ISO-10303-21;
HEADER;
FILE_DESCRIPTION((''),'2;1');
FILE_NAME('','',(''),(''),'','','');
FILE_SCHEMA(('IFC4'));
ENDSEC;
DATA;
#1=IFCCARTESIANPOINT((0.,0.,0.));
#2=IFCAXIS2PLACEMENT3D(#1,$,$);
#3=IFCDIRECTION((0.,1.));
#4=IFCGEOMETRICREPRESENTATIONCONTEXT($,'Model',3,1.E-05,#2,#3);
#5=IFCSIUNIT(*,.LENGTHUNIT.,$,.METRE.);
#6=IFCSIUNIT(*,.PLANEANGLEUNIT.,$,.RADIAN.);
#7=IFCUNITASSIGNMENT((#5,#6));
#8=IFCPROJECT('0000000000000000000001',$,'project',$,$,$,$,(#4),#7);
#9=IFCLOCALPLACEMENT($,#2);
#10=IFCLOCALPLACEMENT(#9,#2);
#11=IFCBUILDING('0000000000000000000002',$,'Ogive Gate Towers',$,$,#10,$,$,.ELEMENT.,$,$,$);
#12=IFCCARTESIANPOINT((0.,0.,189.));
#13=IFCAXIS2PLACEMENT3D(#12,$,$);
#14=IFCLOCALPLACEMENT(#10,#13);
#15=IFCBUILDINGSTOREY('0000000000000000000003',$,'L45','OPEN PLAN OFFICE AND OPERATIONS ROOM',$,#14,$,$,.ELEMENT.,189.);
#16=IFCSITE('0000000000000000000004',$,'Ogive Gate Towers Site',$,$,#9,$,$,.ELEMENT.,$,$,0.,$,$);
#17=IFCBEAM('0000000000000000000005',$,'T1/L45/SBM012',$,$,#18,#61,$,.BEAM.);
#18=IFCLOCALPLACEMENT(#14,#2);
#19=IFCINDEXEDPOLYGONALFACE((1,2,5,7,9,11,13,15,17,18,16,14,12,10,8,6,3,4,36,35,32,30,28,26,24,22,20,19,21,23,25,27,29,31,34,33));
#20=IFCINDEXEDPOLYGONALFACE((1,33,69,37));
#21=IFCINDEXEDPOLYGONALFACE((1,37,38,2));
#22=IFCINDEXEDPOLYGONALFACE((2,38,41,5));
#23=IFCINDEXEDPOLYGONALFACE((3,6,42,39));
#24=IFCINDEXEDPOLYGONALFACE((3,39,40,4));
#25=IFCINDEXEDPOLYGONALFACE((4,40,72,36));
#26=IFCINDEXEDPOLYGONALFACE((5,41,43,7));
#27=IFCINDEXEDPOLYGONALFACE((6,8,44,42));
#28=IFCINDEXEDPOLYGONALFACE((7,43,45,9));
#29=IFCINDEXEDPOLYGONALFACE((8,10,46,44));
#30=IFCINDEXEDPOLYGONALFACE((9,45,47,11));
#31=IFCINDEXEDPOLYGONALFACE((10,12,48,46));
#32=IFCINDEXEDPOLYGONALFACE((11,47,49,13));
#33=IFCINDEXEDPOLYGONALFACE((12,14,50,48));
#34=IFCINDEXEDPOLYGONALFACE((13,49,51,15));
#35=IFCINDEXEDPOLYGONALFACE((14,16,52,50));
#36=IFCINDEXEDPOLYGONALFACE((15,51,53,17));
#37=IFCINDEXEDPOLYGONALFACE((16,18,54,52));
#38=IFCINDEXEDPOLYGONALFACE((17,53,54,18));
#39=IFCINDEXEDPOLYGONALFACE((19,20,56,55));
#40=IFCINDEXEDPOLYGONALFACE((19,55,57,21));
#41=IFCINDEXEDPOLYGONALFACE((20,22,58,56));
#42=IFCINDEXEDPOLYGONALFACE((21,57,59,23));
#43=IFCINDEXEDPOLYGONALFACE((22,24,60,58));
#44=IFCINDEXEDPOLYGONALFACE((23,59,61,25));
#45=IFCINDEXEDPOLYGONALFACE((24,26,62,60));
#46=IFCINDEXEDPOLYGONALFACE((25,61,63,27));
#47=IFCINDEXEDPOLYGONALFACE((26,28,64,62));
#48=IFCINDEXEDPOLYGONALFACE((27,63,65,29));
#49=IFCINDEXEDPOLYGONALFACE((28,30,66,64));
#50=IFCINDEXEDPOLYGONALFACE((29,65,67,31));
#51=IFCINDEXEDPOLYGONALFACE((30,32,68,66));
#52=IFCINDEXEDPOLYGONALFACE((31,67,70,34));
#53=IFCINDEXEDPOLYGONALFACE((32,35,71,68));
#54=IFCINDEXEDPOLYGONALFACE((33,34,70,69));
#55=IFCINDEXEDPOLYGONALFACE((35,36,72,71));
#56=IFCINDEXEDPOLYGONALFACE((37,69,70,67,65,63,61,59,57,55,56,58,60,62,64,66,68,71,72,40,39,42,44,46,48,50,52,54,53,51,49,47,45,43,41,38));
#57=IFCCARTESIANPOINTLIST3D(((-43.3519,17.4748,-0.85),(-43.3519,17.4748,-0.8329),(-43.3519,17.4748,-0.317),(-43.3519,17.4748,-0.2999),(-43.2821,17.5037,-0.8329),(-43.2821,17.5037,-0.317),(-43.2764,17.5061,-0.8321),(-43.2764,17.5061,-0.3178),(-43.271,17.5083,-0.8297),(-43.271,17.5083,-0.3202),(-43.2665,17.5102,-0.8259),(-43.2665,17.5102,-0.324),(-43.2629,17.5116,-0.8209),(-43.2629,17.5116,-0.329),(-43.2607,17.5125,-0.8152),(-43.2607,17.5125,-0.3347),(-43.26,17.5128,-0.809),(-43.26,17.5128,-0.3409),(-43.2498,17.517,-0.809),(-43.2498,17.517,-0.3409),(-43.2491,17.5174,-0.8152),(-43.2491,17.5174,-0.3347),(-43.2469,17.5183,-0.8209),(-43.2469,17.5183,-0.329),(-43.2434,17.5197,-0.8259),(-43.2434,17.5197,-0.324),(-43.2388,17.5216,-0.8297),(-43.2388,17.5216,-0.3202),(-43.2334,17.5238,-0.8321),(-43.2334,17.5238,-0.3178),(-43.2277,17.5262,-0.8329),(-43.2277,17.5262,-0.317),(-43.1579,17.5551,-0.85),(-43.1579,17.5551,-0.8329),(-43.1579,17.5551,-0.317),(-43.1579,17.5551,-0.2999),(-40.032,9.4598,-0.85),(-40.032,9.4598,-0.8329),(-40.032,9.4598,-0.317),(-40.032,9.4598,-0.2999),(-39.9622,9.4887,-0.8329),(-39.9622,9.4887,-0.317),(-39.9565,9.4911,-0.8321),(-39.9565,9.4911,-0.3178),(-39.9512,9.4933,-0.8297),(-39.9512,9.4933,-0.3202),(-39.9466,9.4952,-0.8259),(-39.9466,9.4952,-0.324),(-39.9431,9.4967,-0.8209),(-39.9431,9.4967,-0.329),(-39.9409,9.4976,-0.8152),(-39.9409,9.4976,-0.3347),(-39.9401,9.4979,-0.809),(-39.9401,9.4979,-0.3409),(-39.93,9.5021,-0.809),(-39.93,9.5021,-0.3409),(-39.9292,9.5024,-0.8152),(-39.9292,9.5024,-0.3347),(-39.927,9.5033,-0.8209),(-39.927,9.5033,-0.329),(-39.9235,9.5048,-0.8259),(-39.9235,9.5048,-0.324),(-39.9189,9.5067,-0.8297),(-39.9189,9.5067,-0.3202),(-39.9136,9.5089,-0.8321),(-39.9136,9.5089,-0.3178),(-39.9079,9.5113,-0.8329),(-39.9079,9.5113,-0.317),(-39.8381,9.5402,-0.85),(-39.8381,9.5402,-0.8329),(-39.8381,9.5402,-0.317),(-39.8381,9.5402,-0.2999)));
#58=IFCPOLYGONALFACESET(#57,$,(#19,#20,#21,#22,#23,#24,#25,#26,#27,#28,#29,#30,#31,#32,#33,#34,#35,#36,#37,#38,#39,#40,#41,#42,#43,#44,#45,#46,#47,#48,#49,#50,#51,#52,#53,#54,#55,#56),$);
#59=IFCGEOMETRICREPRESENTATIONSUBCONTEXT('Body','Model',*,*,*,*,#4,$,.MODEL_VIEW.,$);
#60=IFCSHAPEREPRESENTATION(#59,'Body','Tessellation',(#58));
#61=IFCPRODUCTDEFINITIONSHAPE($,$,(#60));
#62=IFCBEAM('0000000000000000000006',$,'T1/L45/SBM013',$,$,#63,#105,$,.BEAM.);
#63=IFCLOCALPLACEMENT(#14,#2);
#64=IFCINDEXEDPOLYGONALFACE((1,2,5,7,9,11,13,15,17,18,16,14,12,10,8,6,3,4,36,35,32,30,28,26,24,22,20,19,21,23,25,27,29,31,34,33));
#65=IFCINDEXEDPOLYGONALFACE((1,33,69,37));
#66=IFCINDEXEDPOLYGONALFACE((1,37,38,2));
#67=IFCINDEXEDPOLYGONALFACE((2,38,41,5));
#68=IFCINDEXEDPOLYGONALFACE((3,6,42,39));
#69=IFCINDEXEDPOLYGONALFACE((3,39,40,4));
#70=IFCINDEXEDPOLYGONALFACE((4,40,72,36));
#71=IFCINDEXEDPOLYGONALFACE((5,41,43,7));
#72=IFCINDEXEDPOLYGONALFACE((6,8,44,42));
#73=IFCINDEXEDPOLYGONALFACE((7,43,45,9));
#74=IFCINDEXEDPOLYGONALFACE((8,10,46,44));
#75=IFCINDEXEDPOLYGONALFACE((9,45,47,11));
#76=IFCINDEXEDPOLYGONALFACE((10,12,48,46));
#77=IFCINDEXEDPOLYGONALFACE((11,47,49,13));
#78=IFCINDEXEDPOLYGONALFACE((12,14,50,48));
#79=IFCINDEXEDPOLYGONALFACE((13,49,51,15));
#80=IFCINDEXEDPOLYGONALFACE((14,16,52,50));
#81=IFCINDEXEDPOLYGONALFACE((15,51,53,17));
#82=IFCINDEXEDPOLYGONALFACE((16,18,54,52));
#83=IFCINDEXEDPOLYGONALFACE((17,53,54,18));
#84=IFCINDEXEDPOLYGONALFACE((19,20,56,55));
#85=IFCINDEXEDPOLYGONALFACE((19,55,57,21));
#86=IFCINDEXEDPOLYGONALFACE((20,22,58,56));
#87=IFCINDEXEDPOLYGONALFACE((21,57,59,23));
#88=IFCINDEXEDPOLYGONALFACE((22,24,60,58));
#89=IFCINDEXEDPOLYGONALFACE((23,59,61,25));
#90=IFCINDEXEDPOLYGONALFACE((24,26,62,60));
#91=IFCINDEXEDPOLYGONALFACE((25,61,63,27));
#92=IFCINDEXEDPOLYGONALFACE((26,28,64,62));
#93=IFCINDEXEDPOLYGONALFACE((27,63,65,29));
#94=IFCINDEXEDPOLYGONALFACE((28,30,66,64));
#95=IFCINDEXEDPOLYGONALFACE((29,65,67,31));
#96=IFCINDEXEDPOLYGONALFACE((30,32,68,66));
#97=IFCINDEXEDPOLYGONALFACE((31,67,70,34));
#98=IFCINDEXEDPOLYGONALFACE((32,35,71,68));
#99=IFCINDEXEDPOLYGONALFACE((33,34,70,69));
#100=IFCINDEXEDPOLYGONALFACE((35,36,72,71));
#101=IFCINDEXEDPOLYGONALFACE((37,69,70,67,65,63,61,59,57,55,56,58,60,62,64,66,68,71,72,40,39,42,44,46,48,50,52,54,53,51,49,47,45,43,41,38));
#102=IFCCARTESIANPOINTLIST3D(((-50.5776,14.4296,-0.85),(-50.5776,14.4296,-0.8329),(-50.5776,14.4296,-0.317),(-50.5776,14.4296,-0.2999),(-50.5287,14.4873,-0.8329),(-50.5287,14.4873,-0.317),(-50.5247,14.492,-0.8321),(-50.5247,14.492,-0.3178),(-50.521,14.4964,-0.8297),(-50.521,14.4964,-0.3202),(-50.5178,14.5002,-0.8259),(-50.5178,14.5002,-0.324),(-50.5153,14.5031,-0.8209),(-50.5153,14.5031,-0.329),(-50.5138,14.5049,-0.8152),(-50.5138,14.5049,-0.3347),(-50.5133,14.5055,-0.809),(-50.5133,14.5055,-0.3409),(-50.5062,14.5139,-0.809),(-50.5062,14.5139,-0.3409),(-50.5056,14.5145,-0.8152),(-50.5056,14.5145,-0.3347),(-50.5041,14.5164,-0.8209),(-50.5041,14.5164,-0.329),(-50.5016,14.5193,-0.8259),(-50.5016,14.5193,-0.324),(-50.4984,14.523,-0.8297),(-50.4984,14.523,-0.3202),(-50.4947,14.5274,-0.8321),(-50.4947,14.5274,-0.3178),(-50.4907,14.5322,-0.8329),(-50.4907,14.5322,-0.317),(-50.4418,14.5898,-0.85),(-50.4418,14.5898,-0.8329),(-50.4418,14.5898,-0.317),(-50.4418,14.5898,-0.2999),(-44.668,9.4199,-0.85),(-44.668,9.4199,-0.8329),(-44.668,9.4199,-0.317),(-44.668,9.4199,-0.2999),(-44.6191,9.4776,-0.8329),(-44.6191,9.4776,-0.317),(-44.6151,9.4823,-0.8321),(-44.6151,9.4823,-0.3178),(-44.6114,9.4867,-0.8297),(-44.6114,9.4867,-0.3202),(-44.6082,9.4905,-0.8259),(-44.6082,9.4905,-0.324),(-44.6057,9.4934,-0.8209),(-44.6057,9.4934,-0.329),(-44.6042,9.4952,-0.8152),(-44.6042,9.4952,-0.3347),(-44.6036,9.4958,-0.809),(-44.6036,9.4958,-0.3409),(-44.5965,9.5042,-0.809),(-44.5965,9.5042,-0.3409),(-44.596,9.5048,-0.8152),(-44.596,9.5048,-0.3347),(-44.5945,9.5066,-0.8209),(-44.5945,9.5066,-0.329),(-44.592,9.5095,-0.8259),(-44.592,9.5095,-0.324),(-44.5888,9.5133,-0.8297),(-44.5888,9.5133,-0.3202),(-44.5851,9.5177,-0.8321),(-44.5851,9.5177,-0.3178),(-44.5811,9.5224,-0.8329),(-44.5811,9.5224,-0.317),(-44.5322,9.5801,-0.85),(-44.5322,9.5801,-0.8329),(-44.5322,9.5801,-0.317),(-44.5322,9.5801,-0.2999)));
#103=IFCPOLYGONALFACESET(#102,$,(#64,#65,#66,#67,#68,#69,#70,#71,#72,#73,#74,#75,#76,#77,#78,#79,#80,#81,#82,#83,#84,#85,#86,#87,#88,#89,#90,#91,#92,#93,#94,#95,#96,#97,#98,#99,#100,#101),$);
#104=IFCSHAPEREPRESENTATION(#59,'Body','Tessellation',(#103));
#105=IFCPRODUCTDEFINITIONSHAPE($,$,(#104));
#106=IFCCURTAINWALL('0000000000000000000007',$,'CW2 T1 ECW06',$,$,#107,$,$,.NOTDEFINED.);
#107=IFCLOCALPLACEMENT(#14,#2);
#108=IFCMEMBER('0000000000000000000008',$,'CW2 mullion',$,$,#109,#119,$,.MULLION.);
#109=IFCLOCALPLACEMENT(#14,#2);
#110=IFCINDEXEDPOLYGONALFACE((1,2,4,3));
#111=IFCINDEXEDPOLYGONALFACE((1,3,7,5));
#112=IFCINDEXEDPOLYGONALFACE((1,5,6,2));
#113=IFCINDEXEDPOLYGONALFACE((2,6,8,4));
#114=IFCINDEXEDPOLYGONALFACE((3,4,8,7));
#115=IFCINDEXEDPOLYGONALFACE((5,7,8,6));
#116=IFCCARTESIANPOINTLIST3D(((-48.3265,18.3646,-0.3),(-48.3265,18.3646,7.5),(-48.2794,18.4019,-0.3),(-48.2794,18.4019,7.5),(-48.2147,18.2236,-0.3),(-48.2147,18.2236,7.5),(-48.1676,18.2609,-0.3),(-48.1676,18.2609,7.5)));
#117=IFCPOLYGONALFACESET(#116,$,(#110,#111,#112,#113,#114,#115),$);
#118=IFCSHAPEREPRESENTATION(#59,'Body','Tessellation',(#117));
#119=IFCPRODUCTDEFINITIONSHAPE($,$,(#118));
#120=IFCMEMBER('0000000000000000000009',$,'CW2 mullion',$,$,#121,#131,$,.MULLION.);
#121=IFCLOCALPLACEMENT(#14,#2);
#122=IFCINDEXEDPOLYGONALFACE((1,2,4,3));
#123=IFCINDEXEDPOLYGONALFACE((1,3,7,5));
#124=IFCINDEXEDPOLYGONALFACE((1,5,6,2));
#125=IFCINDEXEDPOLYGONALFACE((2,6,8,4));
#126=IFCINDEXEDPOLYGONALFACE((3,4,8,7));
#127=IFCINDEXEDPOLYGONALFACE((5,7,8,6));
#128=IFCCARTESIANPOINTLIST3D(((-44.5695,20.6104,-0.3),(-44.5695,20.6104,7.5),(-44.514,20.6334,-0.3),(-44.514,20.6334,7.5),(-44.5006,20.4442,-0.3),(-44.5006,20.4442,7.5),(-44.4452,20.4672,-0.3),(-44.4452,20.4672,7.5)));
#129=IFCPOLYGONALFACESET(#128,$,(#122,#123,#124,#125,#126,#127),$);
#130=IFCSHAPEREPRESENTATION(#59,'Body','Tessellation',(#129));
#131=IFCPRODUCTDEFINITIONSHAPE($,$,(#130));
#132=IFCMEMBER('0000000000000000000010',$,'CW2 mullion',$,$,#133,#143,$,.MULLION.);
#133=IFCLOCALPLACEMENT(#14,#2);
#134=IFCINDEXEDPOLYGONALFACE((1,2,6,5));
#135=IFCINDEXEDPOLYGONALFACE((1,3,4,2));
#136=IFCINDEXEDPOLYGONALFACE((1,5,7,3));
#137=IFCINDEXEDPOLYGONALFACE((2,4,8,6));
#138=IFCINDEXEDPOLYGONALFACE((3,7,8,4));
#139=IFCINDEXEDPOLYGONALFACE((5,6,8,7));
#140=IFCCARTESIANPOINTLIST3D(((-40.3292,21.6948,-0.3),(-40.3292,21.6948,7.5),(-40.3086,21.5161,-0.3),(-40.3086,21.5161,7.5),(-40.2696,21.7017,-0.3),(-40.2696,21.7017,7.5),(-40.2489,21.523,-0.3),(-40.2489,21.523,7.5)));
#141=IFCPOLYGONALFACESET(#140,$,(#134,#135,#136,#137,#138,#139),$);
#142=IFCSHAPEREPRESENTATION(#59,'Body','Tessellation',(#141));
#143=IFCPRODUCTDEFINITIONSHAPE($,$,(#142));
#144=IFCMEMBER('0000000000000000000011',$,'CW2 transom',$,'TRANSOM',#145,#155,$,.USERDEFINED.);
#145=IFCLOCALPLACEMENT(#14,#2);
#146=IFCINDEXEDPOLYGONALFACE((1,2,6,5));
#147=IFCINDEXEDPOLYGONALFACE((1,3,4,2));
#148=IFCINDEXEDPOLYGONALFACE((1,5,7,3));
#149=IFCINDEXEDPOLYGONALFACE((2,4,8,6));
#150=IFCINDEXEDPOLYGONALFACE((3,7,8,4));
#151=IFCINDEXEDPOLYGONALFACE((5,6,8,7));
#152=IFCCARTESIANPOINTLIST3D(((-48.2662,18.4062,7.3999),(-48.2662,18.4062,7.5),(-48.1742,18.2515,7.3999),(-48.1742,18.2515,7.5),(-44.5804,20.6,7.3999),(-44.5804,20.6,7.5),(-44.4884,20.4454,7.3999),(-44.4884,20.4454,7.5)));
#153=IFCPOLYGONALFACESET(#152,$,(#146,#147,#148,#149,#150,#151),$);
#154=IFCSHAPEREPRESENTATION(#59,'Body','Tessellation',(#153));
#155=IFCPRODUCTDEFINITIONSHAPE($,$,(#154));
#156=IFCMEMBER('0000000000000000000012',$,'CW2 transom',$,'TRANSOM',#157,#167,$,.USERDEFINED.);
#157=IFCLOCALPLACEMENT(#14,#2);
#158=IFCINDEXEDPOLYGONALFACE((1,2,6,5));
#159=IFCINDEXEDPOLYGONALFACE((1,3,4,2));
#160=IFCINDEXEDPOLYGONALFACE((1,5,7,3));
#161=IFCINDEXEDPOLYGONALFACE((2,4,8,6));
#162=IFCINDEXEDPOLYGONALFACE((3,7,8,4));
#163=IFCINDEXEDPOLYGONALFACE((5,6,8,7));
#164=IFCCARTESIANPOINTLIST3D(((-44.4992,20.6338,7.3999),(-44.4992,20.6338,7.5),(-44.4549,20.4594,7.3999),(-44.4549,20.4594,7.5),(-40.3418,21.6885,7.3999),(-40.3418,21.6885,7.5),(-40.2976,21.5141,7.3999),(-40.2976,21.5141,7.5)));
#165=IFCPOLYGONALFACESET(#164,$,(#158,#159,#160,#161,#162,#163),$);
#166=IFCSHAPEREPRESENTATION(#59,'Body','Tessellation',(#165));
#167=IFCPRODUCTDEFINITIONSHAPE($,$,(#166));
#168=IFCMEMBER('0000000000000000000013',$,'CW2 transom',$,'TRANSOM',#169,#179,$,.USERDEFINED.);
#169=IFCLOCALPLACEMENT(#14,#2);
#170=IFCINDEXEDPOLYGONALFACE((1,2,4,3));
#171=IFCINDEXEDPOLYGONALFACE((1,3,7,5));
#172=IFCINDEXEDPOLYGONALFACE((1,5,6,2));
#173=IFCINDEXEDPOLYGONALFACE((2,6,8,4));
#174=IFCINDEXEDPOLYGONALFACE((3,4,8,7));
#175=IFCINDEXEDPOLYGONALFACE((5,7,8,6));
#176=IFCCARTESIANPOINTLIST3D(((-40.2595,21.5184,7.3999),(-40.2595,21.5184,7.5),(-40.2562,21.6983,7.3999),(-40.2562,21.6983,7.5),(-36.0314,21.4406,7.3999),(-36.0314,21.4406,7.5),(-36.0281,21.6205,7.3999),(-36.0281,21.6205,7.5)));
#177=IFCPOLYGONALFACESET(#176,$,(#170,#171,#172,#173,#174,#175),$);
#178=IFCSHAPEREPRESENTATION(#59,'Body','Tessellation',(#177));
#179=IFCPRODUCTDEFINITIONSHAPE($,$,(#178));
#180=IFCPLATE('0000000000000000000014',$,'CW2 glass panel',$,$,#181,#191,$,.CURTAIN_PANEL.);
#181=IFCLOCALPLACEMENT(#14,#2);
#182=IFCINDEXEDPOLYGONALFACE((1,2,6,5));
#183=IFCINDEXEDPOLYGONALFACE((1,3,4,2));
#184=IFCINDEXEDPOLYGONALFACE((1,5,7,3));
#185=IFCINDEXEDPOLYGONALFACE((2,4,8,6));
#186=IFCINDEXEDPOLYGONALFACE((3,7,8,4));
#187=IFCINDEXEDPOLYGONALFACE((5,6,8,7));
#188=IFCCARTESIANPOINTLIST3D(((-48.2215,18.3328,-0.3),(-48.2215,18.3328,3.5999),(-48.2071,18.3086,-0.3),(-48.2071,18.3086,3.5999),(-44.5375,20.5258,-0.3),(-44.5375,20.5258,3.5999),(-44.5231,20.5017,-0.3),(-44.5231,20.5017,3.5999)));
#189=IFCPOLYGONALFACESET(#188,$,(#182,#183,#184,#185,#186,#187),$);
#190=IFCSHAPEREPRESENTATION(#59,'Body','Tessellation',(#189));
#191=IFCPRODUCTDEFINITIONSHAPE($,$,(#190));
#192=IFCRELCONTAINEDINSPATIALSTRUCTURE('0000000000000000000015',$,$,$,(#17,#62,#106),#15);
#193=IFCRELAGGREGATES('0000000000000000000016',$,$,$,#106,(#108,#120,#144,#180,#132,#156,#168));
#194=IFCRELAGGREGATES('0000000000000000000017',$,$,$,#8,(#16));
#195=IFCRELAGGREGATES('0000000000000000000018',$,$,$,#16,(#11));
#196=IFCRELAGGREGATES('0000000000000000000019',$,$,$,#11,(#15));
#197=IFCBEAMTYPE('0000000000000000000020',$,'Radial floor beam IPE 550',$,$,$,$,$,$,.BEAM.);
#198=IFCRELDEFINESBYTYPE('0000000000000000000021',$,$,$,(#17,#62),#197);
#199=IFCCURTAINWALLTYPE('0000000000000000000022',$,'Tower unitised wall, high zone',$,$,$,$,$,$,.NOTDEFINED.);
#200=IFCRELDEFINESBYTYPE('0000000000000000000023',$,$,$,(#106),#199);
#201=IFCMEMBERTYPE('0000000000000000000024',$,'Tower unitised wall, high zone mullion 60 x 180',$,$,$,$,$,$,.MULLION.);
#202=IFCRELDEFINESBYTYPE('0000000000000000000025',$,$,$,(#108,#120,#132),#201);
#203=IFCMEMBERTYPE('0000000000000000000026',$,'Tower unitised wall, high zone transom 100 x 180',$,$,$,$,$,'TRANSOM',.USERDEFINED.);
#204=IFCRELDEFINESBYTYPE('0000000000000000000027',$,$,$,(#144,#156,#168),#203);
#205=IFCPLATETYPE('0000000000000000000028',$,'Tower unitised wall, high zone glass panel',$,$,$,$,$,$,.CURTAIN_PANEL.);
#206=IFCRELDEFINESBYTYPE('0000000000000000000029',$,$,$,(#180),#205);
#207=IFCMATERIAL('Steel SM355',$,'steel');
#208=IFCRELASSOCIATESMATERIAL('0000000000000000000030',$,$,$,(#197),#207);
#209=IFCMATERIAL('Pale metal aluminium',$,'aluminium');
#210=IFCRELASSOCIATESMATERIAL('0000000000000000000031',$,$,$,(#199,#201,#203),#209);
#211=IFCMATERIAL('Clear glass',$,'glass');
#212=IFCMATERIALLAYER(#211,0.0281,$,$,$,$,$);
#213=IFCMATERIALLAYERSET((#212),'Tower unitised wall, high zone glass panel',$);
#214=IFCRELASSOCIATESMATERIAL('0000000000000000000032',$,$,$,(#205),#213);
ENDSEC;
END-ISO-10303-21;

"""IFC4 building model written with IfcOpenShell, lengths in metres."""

from ifc_helpers import new_model, si_unit, direction, frame, origin, origin_2d, place, context, subcontext, project, spatial, rectangle, i_section, extrude, material, layer, layer_set, material_profile, profile_set, type_object, element, aggregate, save


model = new_model("IFC4")

# Units and contexts
model_context = context("Model", 3, precision=1e-05, world=origin(), true_north=direction((0.0, 1.0)))
body_context = subcontext(model_context, "Body", "Model", "MODEL_VIEW")
ifc_project = project(units=[si_unit("LENGTHUNIT", "METRE"), si_unit("PLANEANGLEUNIT", "RADIAN")], contexts=[model_context])

# Site, building, storey
site_placement = place(None, origin())
site = spatial("IfcSite", under=ifc_project, at=site_placement, Name="Ogive Gate Towers Site", CompositionType="ELEMENT", RefElevation=0.0)
building_placement = place(site_placement, origin())
building = spatial("IfcBuilding", under=site, at=building_placement, Name="Ogive Gate Towers", CompositionType="ELEMENT")
storey_placement = place(building_placement, frame((0.0, 0.0, 189.0)))
storey = spatial("IfcBuildingStorey", under=building, at=storey_placement, Name="L45", Description="OPEN PLAN OFFICE AND OPERATIONS ROOM", CompositionType="ELEMENT", Elevation=189.0)

# Beams
ifc_material_1 = material(Name="Steel SM355", Category="steel")
ifc_material_profile_1 = material_profile(ifc_material_1, i_section(OverallWidth=0.21, OverallDepth=0.55, WebThickness=0.011, FlangeThickness=0.0171, FilletRadius=0.0239, at=origin_2d()), Name="IPE 550")
ifc_profile_set_1 = profile_set([ifc_material_profile_1], Name="Steel SM355")
beam_type = type_object("IfcBeamType", Name="Radial floor beam IPE 550", PredefinedType="BEAM", material=ifc_profile_set_1)
beam_1_placement = place(storey_placement, frame((-39.9351, 9.5, -0.575), z_axis=(-0.382678, 0.923882, 0.0), x_axis=(-0.923882, -0.382678, 0.0)))
element("IfcBeam", 1, at=beam_1_placement, inside=storey, type_object=beam_type, Name="T1/L45/SBM012", PredefinedType="BEAM", context=body_context, shape_type="SweptSolid", body=[
    extrude(i_section(OverallWidth=0.21, OverallDepth=0.55, WebThickness=0.011, FlangeThickness=0.0171, FilletRadius=0.0239, at=origin_2d()), origin(), (0.0, 0.0, 1.0), 8.6753),
])
beam_2_placement = place(storey_placement, frame((-44.6001, 9.5, -0.575), z_axis=(-0.762795, 0.64664, 0.0), x_axis=(-0.64664, -0.762795, 0.0)))
element("IfcBeam", 2, at=beam_2_placement, inside=storey, type_object=beam_type, Name="T1/L45/SBM013", PredefinedType="BEAM", context=body_context, shape_type="SweptSolid", body=[
    extrude(i_section(OverallWidth=0.21, OverallDepth=0.55, WebThickness=0.011, FlangeThickness=0.0171, FilletRadius=0.0239, at=origin_2d()), origin(), (0.0, 0.0, 1.0), 7.7473),
])

# Curtain wall, members, plate
ifc_material_2 = material(Name="Pale metal aluminium", Category="aluminium")
curtain_wall_type = type_object("IfcCurtainWallType", Name="Tower unitised wall, high zone", PredefinedType="NOTDEFINED", material=ifc_material_2)
curtain_wall_placement = place(storey_placement, origin())
curtain_wall = element("IfcCurtainWall", 3, at=curtain_wall_placement, inside=storey, type_object=curtain_wall_type, Name="CW2 T1 ECW06", PredefinedType="NOTDEFINED")
ifc_material_profile_2 = material_profile(ifc_material_2, rectangle(XDim=0.1799, YDim=0.0601, at=origin_2d()), Name="60 x 180 aluminium box")
ifc_profile_set_2 = profile_set([ifc_material_profile_2], Name="Pale metal aluminium")
member_type_1 = type_object("IfcMemberType", Name="Tower unitised wall, high zone mullion 60 x 180", PredefinedType="MULLION", material=ifc_profile_set_2)
member_1_placement = place(storey_placement, frame((-48.2471, 18.3127, -0.3), z_axis=(0.0, 0.0, 1.0), x_axis=(0.621298, -0.783574, 0.0)))
member_1 = element("IfcMember", 4, at=member_1_placement, type_object=member_type_1, Name="CW2 mullion", PredefinedType="MULLION", context=body_context, shape_type="SweptSolid", body=[
    extrude(rectangle(XDim=0.1799, YDim=0.0601, at=origin_2d()), origin(), (0.0, 0.0, 1.0), 7.8),
])
member_2_placement = place(storey_placement, frame((-44.5073, 20.5388, -0.3), z_axis=(0.0, 0.0, 1.0), x_axis=(0.382683, -0.92388, 0.0)))
member_2 = element("IfcMember", 5, at=member_2_placement, type_object=member_type_1, Name="CW2 mullion", PredefinedType="MULLION", context=body_context, shape_type="SweptSolid", body=[
    extrude(rectangle(XDim=0.1799, YDim=0.0601, at=origin_2d()), origin(), (0.0, 0.0, 1.0), 7.8),
])
member_3_placement = place(storey_placement, frame((-40.2891, 21.6089, -0.3), z_axis=(0.0, 0.0, 1.0), x_axis=(0.114746, -0.993395, 0.0)))
member_3 = element("IfcMember", 6, at=member_3_placement, type_object=member_type_1, Name="CW2 mullion", PredefinedType="MULLION", context=body_context, shape_type="SweptSolid", body=[
    extrude(rectangle(XDim=0.1799, YDim=0.0601, at=origin_2d()), origin(), (0.0, 0.0, 1.0), 7.8),
])
ifc_material_profile_3 = material_profile(ifc_material_2, rectangle(XDim=0.1799, YDim=0.1001, at=origin_2d()), Name="100 x 180 aluminium box")
ifc_profile_set_3 = profile_set([ifc_material_profile_3], Name="Pale metal aluminium")
member_type_2 = type_object("IfcMemberType", Name="Tower unitised wall, high zone transom 100 x 180", ElementType="TRANSOM", PredefinedType="USERDEFINED", material=ifc_profile_set_3)
member_4_placement = place(storey_placement, frame((-48.2202, 18.3289, 7.45), z_axis=(0.859301, 0.511471, 0.0), x_axis=(-0.511471, 0.859301, 0.0)))
member_4 = element("IfcMember", 7, at=member_4_placement, type_object=member_type_2, Name="CW2 transom", ObjectType="TRANSOM", PredefinedType="USERDEFINED", context=body_context, shape_type="SweptSolid", body=[
    extrude(rectangle(XDim=0.1799, YDim=0.1001, at=origin_2d()), origin(), (0.0, 0.0, 1.0), 4.2893),
])
member_5_placement = place(storey_placement, frame((-44.4771, 20.5466, 7.45), z_axis=(0.969296, 0.245896, 0.0), x_axis=(-0.245896, 0.969296, 0.0)))
member_5 = element("IfcMember", 8, at=member_5_placement, type_object=member_type_2, Name="CW2 transom", ObjectType="TRANSOM", PredefinedType="USERDEFINED", context=body_context, shape_type="SweptSolid", body=[
    extrude(rectangle(XDim=0.1799, YDim=0.1001, at=origin_2d()), origin(), (0.0, 0.0, 1.0), 4.2891),
])
member_6_placement = place(storey_placement, frame((-40.2578, 21.6084, 7.45), z_axis=(0.99983, -0.018417, 0.0), x_axis=(0.018417, 0.99983, 0.0)))
member_6 = element("IfcMember", 9, at=member_6_placement, type_object=member_type_2, Name="CW2 transom", ObjectType="TRANSOM", PredefinedType="USERDEFINED", context=body_context, shape_type="SweptSolid", body=[
    extrude(rectangle(XDim=0.1799, YDim=0.1001, at=origin_2d()), origin(), (0.0, 0.0, 1.0), 4.2288),
])
ifc_material_3 = material(Name="Clear glass", Category="glass")
ifc_layer_1 = layer(ifc_material_3, 0.0281)
ifc_layer_set_1 = layer_set([ifc_layer_1], Name="Tower unitised wall, high zone glass panel")
plate_type = type_object("IfcPlateType", Name="Tower unitised wall, high zone glass panel", PredefinedType="CURTAIN_PANEL", material=ifc_layer_set_1)
plate_1_placement = place(storey_placement, frame((-46.3723, 19.4172, -0.3), z_axis=(0.0, 0.0, 1.0), x_axis=(0.859273, 0.511518, 0.0)))
plate_1 = element("IfcPlate", 10, at=plate_1_placement, type_object=plate_type, Name="CW2 glass panel", PredefinedType="CURTAIN_PANEL", context=body_context, shape_type="SweptSolid", body=[
    extrude(rectangle(XDim=4.2874, YDim=0.0281, at=origin_2d()), origin(), (0.0, 0.0, 1.0), 3.8999),
])
aggregate(curtain_wall, [member_1, member_2, member_4, plate_1, member_3, member_5, member_6])

save(model, "model.ifc")
